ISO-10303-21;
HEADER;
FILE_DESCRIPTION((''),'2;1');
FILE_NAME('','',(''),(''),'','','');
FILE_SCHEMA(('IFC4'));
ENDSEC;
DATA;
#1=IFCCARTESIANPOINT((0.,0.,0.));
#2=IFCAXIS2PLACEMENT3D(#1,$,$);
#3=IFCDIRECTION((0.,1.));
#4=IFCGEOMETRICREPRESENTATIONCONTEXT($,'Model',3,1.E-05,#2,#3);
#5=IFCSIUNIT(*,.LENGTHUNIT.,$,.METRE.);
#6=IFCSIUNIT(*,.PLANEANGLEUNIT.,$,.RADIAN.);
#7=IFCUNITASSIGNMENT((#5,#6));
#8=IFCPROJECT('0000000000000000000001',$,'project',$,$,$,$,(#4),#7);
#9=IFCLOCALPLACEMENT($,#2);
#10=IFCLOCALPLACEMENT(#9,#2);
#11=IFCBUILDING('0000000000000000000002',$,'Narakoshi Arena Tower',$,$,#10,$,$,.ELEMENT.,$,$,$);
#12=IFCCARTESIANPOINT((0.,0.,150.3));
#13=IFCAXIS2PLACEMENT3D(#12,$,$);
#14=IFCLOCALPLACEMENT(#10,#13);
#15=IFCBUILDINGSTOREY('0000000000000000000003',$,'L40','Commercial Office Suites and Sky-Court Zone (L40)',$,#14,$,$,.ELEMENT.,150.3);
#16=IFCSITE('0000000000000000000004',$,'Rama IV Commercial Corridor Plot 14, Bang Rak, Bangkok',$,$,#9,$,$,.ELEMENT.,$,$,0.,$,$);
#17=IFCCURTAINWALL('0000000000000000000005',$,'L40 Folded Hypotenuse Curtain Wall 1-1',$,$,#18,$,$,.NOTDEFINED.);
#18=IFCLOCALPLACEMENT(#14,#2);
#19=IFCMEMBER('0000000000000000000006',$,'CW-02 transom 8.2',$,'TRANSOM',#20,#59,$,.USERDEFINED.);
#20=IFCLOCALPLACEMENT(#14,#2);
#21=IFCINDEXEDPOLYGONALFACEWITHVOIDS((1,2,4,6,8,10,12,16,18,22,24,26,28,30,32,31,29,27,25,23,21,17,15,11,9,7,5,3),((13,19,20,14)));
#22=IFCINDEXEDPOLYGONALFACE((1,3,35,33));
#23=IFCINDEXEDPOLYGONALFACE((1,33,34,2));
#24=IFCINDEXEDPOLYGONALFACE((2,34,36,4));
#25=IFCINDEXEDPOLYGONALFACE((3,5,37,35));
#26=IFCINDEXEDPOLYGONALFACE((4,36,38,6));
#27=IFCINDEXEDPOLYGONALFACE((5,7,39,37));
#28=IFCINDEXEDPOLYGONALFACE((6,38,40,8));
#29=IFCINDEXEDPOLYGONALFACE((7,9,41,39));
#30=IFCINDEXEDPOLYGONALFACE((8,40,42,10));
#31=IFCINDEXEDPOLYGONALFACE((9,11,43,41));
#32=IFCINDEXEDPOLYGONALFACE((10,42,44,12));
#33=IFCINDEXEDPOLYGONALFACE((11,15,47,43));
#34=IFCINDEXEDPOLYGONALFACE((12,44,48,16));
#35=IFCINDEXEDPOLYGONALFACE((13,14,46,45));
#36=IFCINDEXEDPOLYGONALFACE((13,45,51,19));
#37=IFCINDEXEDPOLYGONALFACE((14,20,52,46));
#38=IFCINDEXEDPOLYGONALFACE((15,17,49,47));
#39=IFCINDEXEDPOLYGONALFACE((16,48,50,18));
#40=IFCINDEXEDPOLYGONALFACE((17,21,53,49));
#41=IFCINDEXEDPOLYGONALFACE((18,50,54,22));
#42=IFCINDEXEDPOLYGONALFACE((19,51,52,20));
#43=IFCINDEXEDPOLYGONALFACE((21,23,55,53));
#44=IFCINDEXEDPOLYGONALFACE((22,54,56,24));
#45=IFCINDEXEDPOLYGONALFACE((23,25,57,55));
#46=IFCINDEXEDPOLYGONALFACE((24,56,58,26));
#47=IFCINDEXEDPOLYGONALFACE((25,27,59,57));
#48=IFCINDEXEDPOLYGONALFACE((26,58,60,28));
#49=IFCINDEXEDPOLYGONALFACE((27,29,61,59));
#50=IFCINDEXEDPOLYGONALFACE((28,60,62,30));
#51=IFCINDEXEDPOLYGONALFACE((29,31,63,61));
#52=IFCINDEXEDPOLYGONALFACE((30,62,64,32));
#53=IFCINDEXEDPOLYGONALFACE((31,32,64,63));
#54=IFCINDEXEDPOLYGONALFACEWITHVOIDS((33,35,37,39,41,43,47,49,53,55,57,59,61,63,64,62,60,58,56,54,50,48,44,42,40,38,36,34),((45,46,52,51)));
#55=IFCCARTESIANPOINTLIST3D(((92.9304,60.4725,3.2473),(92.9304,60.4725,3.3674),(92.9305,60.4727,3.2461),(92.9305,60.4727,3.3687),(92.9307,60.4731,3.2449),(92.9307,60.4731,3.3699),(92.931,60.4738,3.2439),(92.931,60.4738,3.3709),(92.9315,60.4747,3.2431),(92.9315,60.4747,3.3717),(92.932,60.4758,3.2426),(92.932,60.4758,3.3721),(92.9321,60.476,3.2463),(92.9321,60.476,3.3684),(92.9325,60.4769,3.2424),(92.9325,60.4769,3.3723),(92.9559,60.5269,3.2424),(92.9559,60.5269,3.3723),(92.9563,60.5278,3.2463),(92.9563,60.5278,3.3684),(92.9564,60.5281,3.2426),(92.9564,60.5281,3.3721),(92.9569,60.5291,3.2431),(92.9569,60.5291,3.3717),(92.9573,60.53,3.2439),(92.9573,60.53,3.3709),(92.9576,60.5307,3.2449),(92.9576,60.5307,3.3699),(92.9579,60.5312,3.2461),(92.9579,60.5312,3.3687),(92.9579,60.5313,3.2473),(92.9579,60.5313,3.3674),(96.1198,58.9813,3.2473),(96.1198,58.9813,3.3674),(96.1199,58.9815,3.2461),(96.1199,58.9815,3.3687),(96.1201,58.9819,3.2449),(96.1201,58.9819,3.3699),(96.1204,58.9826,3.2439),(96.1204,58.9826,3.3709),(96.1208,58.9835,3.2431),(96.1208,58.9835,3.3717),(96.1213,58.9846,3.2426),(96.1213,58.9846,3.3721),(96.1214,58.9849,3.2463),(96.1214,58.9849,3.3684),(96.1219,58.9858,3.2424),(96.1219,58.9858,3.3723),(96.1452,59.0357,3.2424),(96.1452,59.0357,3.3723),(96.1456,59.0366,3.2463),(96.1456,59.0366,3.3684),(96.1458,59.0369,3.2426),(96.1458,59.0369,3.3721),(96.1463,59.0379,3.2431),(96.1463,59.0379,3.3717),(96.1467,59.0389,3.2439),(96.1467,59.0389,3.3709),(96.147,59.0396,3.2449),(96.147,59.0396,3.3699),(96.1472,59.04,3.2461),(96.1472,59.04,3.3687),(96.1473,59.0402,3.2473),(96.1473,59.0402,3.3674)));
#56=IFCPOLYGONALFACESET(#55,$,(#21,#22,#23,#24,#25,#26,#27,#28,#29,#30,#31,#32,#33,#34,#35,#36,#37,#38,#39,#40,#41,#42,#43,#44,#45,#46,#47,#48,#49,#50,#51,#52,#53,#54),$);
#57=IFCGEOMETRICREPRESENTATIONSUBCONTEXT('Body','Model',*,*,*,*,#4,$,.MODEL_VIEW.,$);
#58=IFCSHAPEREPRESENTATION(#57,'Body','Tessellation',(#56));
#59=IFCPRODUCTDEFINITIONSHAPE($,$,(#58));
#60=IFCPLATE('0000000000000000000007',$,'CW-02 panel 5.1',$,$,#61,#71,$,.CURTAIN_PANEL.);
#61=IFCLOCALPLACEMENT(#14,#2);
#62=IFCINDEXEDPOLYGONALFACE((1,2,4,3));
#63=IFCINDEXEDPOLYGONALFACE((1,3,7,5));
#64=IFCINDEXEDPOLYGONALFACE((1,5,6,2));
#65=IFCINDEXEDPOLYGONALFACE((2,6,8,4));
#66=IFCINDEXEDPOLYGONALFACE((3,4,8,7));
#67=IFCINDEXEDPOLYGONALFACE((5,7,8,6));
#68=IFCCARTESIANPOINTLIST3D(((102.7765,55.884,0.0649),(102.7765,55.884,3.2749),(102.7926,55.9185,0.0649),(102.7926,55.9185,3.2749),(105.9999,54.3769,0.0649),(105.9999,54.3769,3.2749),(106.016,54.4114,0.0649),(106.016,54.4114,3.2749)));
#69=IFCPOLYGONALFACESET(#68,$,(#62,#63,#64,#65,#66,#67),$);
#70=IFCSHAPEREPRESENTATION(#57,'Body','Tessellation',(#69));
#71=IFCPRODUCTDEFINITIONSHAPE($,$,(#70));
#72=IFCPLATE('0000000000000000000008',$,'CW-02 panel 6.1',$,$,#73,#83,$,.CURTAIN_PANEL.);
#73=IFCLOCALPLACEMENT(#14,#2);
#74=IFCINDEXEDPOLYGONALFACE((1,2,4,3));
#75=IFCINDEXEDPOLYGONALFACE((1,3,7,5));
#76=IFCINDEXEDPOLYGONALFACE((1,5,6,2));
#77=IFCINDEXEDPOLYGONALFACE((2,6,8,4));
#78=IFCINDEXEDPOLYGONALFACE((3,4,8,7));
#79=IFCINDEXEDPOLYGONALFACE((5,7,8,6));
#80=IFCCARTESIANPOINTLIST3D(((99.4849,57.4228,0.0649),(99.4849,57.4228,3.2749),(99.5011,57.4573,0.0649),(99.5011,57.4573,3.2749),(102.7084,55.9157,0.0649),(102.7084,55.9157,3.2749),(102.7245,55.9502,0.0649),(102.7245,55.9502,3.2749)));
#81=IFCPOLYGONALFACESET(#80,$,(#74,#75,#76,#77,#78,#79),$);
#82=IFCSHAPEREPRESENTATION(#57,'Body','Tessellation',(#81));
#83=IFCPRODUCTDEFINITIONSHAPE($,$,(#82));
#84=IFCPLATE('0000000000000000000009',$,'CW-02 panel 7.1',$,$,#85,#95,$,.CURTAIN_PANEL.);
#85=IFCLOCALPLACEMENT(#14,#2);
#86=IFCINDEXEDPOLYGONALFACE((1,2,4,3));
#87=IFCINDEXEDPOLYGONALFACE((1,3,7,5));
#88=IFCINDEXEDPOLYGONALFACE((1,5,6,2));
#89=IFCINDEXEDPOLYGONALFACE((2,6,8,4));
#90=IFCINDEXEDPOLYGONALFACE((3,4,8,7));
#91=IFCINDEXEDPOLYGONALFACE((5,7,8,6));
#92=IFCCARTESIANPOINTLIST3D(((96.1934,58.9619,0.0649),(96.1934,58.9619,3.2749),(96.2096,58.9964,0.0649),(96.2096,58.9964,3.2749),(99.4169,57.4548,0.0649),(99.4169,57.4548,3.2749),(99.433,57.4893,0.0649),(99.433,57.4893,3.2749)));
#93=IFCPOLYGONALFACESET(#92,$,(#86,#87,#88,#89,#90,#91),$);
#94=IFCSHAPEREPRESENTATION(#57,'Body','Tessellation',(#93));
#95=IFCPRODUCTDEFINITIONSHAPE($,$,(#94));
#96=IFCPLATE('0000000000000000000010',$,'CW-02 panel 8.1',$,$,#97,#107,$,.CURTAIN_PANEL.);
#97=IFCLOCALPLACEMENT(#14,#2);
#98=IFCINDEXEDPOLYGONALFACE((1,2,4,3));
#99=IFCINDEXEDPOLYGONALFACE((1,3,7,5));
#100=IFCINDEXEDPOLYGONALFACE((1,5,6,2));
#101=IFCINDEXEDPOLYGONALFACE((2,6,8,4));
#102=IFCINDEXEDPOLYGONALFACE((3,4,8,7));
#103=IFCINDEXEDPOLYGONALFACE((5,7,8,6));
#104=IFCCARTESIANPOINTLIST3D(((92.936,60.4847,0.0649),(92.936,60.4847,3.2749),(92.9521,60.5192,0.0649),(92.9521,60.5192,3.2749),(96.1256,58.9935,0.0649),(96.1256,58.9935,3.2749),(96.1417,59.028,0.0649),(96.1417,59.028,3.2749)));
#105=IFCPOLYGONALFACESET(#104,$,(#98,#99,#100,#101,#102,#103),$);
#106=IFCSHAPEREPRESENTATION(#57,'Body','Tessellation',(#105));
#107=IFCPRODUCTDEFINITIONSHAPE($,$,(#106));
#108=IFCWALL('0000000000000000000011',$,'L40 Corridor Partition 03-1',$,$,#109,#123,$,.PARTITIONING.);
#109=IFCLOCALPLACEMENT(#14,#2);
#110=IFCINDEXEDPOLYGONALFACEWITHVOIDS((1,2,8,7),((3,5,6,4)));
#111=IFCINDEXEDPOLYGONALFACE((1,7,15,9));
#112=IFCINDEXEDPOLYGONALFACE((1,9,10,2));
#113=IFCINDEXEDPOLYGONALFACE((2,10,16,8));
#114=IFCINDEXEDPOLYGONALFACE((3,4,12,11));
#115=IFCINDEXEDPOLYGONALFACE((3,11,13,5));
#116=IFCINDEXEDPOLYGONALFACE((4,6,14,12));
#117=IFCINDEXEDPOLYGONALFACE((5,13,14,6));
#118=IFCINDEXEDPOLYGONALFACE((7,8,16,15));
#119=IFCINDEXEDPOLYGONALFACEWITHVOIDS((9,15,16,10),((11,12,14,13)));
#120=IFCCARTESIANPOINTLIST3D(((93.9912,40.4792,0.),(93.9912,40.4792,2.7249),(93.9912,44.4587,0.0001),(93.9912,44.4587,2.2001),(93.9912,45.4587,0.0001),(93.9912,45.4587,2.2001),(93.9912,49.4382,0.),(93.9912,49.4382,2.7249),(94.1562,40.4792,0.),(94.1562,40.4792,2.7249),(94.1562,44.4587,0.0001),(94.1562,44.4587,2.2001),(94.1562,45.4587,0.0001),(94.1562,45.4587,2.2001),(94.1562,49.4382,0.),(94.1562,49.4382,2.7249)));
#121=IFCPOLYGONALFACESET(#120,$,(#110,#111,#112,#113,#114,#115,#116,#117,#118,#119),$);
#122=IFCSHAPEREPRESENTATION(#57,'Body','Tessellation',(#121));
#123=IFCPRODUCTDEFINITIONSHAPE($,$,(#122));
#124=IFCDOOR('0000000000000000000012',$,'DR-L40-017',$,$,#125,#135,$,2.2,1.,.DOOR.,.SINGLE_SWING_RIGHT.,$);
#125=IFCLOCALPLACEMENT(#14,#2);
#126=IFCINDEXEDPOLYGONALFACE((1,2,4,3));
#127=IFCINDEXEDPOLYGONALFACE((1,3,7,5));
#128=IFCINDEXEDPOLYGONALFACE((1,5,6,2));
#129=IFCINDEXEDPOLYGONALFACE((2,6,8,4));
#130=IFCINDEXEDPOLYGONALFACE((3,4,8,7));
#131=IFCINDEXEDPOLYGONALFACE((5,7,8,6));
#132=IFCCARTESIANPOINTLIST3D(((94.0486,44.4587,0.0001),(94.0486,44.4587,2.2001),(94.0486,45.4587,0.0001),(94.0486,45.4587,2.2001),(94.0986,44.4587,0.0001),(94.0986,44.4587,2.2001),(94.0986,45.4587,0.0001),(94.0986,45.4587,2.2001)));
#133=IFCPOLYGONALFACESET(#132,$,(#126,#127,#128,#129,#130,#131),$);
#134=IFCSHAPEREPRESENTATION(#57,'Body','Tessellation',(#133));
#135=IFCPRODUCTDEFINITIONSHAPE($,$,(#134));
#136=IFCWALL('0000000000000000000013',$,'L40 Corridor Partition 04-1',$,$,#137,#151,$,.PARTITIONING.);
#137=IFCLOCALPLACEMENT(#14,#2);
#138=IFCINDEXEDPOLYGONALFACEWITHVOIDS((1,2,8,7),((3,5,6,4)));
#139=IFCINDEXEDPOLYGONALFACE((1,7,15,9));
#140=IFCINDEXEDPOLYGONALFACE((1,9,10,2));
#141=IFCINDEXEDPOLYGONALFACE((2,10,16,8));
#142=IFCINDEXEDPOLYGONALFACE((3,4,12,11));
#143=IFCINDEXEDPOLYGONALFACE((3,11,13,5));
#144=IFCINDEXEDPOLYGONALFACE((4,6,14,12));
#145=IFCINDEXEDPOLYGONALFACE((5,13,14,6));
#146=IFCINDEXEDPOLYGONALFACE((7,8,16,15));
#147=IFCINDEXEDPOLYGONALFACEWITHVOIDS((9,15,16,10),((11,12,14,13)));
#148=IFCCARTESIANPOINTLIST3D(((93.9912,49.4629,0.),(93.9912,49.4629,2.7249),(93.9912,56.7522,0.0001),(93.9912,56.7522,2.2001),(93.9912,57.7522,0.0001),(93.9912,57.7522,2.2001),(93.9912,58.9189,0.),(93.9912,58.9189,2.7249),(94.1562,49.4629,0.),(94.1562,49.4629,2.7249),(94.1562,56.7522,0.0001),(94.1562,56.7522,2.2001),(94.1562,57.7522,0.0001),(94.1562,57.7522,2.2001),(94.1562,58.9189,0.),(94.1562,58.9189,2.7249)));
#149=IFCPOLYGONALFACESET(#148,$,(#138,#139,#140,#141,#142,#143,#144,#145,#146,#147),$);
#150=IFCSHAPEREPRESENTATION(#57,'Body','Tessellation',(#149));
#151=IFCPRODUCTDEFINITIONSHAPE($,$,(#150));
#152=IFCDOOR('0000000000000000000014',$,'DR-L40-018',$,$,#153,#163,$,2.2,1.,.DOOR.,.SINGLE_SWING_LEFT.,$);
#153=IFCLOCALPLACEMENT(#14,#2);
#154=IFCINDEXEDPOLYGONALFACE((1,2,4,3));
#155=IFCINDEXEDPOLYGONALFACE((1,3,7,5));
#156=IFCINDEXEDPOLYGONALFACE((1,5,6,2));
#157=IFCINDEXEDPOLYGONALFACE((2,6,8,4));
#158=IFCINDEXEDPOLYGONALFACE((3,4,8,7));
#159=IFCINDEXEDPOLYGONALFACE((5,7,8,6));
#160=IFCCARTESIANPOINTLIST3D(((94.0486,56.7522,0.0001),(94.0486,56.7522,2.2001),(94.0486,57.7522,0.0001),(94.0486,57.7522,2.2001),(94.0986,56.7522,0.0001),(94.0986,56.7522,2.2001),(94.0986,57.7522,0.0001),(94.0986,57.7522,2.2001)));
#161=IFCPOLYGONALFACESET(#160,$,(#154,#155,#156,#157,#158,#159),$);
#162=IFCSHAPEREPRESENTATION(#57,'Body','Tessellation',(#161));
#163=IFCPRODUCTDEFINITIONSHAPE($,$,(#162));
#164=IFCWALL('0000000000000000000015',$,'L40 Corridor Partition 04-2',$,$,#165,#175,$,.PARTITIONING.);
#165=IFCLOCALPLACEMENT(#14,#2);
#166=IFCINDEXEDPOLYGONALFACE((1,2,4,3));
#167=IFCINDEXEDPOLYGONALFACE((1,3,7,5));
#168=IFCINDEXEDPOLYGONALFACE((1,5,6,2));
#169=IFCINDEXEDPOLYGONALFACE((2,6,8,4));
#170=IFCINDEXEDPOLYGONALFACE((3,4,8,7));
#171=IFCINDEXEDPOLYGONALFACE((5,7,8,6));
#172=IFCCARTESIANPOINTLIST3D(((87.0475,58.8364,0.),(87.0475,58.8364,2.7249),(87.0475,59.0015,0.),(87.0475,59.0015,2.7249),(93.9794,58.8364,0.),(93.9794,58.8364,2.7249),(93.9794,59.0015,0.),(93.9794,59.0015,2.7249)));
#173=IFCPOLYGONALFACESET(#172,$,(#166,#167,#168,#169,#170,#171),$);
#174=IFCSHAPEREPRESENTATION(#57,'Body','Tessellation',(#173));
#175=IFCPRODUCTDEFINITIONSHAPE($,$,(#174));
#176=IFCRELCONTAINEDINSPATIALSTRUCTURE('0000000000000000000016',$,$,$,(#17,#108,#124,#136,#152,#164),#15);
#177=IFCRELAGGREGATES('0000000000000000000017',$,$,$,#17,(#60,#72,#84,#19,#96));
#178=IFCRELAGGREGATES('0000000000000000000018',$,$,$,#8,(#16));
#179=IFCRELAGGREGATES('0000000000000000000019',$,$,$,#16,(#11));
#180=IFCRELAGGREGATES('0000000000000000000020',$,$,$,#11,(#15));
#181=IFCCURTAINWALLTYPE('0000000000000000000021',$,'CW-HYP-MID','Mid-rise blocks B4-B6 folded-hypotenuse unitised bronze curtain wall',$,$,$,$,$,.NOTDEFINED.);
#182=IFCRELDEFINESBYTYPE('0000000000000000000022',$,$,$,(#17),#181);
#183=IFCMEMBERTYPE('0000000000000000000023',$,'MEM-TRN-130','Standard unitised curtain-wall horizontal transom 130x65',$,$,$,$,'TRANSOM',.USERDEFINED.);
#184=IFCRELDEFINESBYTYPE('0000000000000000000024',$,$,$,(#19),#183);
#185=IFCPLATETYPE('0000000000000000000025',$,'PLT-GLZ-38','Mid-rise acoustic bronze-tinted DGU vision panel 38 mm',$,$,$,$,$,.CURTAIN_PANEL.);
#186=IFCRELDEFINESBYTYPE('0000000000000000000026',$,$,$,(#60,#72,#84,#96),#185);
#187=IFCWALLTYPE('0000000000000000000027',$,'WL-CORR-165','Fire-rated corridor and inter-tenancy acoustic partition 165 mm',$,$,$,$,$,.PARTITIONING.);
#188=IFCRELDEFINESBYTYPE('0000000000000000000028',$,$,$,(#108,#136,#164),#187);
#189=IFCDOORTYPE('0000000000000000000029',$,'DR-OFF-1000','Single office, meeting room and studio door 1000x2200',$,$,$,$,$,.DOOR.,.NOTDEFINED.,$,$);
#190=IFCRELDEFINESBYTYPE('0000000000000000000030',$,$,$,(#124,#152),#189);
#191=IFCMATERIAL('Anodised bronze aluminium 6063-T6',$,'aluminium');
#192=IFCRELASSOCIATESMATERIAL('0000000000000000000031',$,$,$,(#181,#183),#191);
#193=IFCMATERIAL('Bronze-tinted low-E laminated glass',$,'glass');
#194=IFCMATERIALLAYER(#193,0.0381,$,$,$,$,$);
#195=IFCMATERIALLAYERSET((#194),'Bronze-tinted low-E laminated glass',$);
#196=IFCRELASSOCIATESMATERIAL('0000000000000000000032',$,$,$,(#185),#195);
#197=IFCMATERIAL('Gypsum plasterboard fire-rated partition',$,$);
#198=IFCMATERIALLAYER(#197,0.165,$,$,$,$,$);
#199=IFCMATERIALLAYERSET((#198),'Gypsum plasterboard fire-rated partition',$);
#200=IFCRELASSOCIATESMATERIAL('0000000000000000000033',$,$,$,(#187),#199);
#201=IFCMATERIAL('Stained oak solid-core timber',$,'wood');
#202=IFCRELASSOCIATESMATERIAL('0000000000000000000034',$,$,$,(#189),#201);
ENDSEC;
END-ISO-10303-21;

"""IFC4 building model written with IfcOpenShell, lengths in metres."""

from ifc_helpers import new_model, si_unit, direction, frame, frame_2d, origin, origin_2d, place, context, subcontext, project, spatial, rectangle, hollow_rectangle, extrude, material, layer, layer_set, material_profile, profile_set, type_object, element, fill, aggregate, save


model = new_model("IFC4")

# Units and contexts
model_context = context("Model", 3, precision=1e-05, world=origin(), true_north=direction((0.0, 1.0)))
body_context = subcontext(model_context, "Body", "Model", "MODEL_VIEW")
ifc_project = project(units=[si_unit("LENGTHUNIT", "METRE"), si_unit("PLANEANGLEUNIT", "RADIAN")], contexts=[model_context])

# Site, building, storey
site_placement = place(None, origin())
site = spatial("IfcSite", under=ifc_project, at=site_placement, Name="Rama IV Commercial Corridor Plot 14, Bang Rak, Bangkok", CompositionType="ELEMENT", RefElevation=0.0)
building_placement = place(site_placement, origin())
building = spatial("IfcBuilding", under=site, at=building_placement, Name="Narakoshi Arena Tower", CompositionType="ELEMENT")
storey_placement = place(building_placement, frame((0.0, 0.0, 150.3)))
storey = spatial("IfcBuildingStorey", under=building, at=storey_placement, Name="L40", Description="Commercial Office Suites and Sky-Court Zone (L40)", CompositionType="ELEMENT", Elevation=150.3)

# Curtain wall, member, plates
ifc_material_1 = material(Name="Anodised bronze aluminium 6063-T6", Category="aluminium")
curtain_wall_type = type_object("IfcCurtainWallType", Name="CW-HYP-MID", Description="Mid-rise blocks B4-B6 folded-hypotenuse unitised bronze curtain wall", PredefinedType="NOTDEFINED", material=ifc_material_1)
curtain_wall_placement = place(storey_placement, origin())
curtain_wall = element("IfcCurtainWall", 1, at=curtain_wall_placement, inside=storey, type_object=curtain_wall_type, Name="L40 Folded Hypotenuse Curtain Wall 1-1", PredefinedType="NOTDEFINED")
ifc_material_profile_1 = material_profile(ifc_material_1, hollow_rectangle(XDim=0.0649, YDim=0.1299, WallThickness=0.0039, OuterFilletRadius=0.0049, at=origin_2d()), Name="TRN130x65x4")
ifc_profile_set_1 = profile_set([ifc_material_profile_1], Name="Anodised bronze aluminium 6063-T6")
member_type_1 = type_object("IfcMemberType", Name="MEM-TRN-130", Description="Standard unitised curtain-wall horizontal transom 130x65", ElementType="TRANSOM", PredefinedType="USERDEFINED", material=ifc_profile_set_1)
member_1_placement = place(storey_placement, frame((96.1335, 59.0107, 3.3074), z_axis=(-0.905878, 0.423538, 0.0), x_axis=(-0.423538, -0.905878, 0.0)))
member_1 = element("IfcMember", 2, at=member_1_placement, type_object=member_type_1, Name="CW-02 transom 8.2", ObjectType="TRANSOM", PredefinedType="USERDEFINED", context=body_context, shape_type="SweptSolid", body=[
    extrude(hollow_rectangle(XDim=0.0649, YDim=0.1299, WallThickness=0.0039, OuterFilletRadius=0.0049, at=origin_2d()), origin(), (0.0, 0.0, 1.0), 3.5208),
])
ifc_material_2 = material(Name="Bronze-tinted low-E laminated glass", Category="glass")
ifc_layer_1 = layer(ifc_material_2, 0.0381)
ifc_layer_set_1 = layer_set([ifc_layer_1], Name="Bronze-tinted low-E laminated glass")
plate_type = type_object("IfcPlateType", Name="PLT-GLZ-38", Description="Mid-rise acoustic bronze-tinted DGU vision panel 38 mm", PredefinedType="CURTAIN_PANEL", material=ifc_layer_set_1)
plate_1_placement = place(storey_placement, frame((104.3962, 55.1477, 0.0649), z_axis=(0.0, 0.0, 1.0), x_axis=(-0.905881, 0.423532, 0.0)))
plate_1 = element("IfcPlate", 3, at=plate_1_placement, type_object=plate_type, Name="CW-02 panel 5.1", PredefinedType="CURTAIN_PANEL", context=body_context, shape_type="SweptSolid", body=[
    extrude(rectangle(XDim=3.5583, YDim=0.0381, at=origin_2d()), origin(), (0.0, 0.0, 1.0), 3.21),
])
plate_2_placement = place(storey_placement, frame((101.1047, 56.6865, 0.0649), z_axis=(0.0, 0.0, 1.0), x_axis=(-0.905881, 0.423532, 0.0)))
plate_2 = element("IfcPlate", 4, at=plate_2_placement, type_object=plate_type, Name="CW-02 panel 6.1", PredefinedType="CURTAIN_PANEL", context=body_context, shape_type="SweptSolid", body=[
    extrude(rectangle(XDim=3.5583, YDim=0.0381, at=origin_2d()), origin(), (0.0, 0.0, 1.0), 3.21),
])
plate_3_placement = place(storey_placement, frame((97.8132, 58.2256, 0.0649), z_axis=(0.0, 0.0, 1.0), x_axis=(-0.905881, 0.423532, 0.0)))
plate_3 = element("IfcPlate", 5, at=plate_3_placement, type_object=plate_type, Name="CW-02 panel 7.1", PredefinedType="CURTAIN_PANEL", context=body_context, shape_type="SweptSolid", body=[
    extrude(rectangle(XDim=3.5583, YDim=0.0381, at=origin_2d()), origin(), (0.0, 0.0, 1.0), 3.21),
])
plate_4_placement = place(storey_placement, frame((94.5388, 59.7563, 0.0649), z_axis=(0.0, 0.0, 1.0), x_axis=(-0.905881, 0.423532, 0.0)))
plate_4 = element("IfcPlate", 6, at=plate_4_placement, type_object=plate_type, Name="CW-02 panel 8.1", PredefinedType="CURTAIN_PANEL", context=body_context, shape_type="SweptSolid", body=[
    extrude(rectangle(XDim=3.521, YDim=0.0381, at=origin_2d()), origin(), (0.0, 0.0, 1.0), 3.21),
])
aggregate(curtain_wall, [plate_1, plate_2, plate_3, member_1, plate_4])

# Walls, openings, doors
ifc_material_3 = material(Name="Gypsum plasterboard fire-rated partition")
ifc_layer_2 = layer(ifc_material_3, 0.165)
ifc_layer_set_2 = layer_set([ifc_layer_2], Name="Gypsum plasterboard fire-rated partition")
wall_type_1 = type_object("IfcWallType", Name="WL-CORR-165", Description="Fire-rated corridor and inter-tenancy acoustic partition 165 mm", PredefinedType="PARTITIONING", material=ifc_layer_set_2)
wall_1_placement = place(storey_placement, frame((94.0737, 40.4792, 0.0), z_axis=(0.0, 0.0, 1.0), x_axis=(0.0, 1.0, 0.0)))
wall_1 = element("IfcWall", 7, at=wall_1_placement, inside=storey, type_object=wall_type_1, Name="L40 Corridor Partition 03-1", PredefinedType="PARTITIONING", context=body_context, shape_type="SweptSolid", body=[
    extrude(rectangle(XDim=8.959, YDim=0.165, at=frame_2d((4.4795, 0.0))), origin(), (0.0, 0.0, 1.0), 2.7249),
])
opening_1_placement = place(wall_1_placement, frame((3.9795, 0.0, 0.0)))
opening_1 = element("IfcOpeningElement", 8, at=opening_1_placement, cuts=wall_1, PredefinedType="OPENING", context=body_context, shape_type="SweptSolid", body=[
    extrude(rectangle(XDim=1.0, YDim=2.2, at=frame_2d((0.5, 1.1001))), frame((0.0, 0.0925, 0.0), z_axis=(0.0, -1.0, 0.0), x_axis=(1.0, 0.0, 0.0)), (0.0, 0.0, 1.0), 0.1851),
])
ifc_material_4 = material(Name="Stained oak solid-core timber", Category="wood")
door_type = type_object("IfcDoorType", Name="DR-OFF-1000", Description="Single office, meeting room and studio door 1000x2200", OperationType="NOTDEFINED", PredefinedType="DOOR", material=ifc_material_4)
door_1_placement = place(opening_1_placement, frame((1.0, 0.0, 0.0), z_axis=(0.0, 0.0, 1.0), x_axis=(-1.0, 0.0, 0.0)))
door_1 = element("IfcDoor", 9, at=door_1_placement, inside=storey, type_object=door_type, Name="DR-L40-017", OperationType="SINGLE_SWING_RIGHT", OverallHeight=2.2, OverallWidth=1.0, PredefinedType="DOOR", context=body_context, shape_type="SweptSolid", body=[
    extrude(rectangle(XDim=1.0, YDim=2.2, at=frame_2d((0.5, 1.1001))), frame((0.0, 0.0249, 0.0), z_axis=(0.0, -1.0, 0.0), x_axis=(1.0, 0.0, 0.0)), (0.0, 0.0, 1.0), 0.05),
])
fill(opening_1, door_1)
wall_2_placement = place(storey_placement, frame((94.0737, 49.4629, 0.0), z_axis=(0.0, 0.0, 1.0), x_axis=(0.0, 1.0, 0.0)))
wall_2 = element("IfcWall", 10, at=wall_2_placement, inside=storey, type_object=wall_type_1, Name="L40 Corridor Partition 04-1", PredefinedType="PARTITIONING", context=body_context, shape_type="SweptSolid", body=[
    extrude(rectangle(XDim=9.4561, YDim=0.165, at=frame_2d((4.728, 0.0))), origin(), (0.0, 0.0, 1.0), 2.7249),
])
opening_2_placement = place(wall_2_placement, frame((7.2893, 0.0, 0.0)))
opening_2 = element("IfcOpeningElement", 11, at=opening_2_placement, cuts=wall_2, PredefinedType="OPENING", context=body_context, shape_type="SweptSolid", body=[
    extrude(rectangle(XDim=1.0, YDim=2.2, at=frame_2d((0.5, 1.1001))), frame((0.0, 0.0925, 0.0), z_axis=(0.0, -1.0, 0.0), x_axis=(1.0, 0.0, 0.0)), (0.0, 0.0, 1.0), 0.1851),
])
door_2_placement = place(opening_2_placement, frame((1.0, 0.0, 0.0), z_axis=(0.0, 0.0, 1.0), x_axis=(-1.0, 0.0, 0.0)))
door_2 = element("IfcDoor", 12, at=door_2_placement, inside=storey, type_object=door_type, Name="DR-L40-018", OperationType="SINGLE_SWING_LEFT", OverallHeight=2.2, OverallWidth=1.0, PredefinedType="DOOR", context=body_context, shape_type="SweptSolid", body=[
    extrude(rectangle(XDim=1.0, YDim=2.2, at=frame_2d((0.5, 1.1001))), frame((0.0, 0.0249, 0.0), z_axis=(0.0, -1.0, 0.0), x_axis=(1.0, 0.0, 0.0)), (0.0, 0.0, 1.0), 0.05),
])
fill(opening_2, door_2)

# Wall
wall_3_placement = place(storey_placement, frame((93.9792, 58.9189, 0.0), z_axis=(0.0, 0.0, 1.0), x_axis=(-1.0, 0.0, 0.0)))
element("IfcWall", 13, at=wall_3_placement, inside=storey, type_object=wall_type_1, Name="L40 Corridor Partition 04-2", PredefinedType="PARTITIONING", context=body_context, shape_type="SweptSolid", body=[
    extrude(rectangle(XDim=6.9319, YDim=0.165, at=frame_2d((3.4658, 0.0))), origin(), (0.0, 0.0, 1.0), 2.7249),
])

save(model, "model.ifc")
